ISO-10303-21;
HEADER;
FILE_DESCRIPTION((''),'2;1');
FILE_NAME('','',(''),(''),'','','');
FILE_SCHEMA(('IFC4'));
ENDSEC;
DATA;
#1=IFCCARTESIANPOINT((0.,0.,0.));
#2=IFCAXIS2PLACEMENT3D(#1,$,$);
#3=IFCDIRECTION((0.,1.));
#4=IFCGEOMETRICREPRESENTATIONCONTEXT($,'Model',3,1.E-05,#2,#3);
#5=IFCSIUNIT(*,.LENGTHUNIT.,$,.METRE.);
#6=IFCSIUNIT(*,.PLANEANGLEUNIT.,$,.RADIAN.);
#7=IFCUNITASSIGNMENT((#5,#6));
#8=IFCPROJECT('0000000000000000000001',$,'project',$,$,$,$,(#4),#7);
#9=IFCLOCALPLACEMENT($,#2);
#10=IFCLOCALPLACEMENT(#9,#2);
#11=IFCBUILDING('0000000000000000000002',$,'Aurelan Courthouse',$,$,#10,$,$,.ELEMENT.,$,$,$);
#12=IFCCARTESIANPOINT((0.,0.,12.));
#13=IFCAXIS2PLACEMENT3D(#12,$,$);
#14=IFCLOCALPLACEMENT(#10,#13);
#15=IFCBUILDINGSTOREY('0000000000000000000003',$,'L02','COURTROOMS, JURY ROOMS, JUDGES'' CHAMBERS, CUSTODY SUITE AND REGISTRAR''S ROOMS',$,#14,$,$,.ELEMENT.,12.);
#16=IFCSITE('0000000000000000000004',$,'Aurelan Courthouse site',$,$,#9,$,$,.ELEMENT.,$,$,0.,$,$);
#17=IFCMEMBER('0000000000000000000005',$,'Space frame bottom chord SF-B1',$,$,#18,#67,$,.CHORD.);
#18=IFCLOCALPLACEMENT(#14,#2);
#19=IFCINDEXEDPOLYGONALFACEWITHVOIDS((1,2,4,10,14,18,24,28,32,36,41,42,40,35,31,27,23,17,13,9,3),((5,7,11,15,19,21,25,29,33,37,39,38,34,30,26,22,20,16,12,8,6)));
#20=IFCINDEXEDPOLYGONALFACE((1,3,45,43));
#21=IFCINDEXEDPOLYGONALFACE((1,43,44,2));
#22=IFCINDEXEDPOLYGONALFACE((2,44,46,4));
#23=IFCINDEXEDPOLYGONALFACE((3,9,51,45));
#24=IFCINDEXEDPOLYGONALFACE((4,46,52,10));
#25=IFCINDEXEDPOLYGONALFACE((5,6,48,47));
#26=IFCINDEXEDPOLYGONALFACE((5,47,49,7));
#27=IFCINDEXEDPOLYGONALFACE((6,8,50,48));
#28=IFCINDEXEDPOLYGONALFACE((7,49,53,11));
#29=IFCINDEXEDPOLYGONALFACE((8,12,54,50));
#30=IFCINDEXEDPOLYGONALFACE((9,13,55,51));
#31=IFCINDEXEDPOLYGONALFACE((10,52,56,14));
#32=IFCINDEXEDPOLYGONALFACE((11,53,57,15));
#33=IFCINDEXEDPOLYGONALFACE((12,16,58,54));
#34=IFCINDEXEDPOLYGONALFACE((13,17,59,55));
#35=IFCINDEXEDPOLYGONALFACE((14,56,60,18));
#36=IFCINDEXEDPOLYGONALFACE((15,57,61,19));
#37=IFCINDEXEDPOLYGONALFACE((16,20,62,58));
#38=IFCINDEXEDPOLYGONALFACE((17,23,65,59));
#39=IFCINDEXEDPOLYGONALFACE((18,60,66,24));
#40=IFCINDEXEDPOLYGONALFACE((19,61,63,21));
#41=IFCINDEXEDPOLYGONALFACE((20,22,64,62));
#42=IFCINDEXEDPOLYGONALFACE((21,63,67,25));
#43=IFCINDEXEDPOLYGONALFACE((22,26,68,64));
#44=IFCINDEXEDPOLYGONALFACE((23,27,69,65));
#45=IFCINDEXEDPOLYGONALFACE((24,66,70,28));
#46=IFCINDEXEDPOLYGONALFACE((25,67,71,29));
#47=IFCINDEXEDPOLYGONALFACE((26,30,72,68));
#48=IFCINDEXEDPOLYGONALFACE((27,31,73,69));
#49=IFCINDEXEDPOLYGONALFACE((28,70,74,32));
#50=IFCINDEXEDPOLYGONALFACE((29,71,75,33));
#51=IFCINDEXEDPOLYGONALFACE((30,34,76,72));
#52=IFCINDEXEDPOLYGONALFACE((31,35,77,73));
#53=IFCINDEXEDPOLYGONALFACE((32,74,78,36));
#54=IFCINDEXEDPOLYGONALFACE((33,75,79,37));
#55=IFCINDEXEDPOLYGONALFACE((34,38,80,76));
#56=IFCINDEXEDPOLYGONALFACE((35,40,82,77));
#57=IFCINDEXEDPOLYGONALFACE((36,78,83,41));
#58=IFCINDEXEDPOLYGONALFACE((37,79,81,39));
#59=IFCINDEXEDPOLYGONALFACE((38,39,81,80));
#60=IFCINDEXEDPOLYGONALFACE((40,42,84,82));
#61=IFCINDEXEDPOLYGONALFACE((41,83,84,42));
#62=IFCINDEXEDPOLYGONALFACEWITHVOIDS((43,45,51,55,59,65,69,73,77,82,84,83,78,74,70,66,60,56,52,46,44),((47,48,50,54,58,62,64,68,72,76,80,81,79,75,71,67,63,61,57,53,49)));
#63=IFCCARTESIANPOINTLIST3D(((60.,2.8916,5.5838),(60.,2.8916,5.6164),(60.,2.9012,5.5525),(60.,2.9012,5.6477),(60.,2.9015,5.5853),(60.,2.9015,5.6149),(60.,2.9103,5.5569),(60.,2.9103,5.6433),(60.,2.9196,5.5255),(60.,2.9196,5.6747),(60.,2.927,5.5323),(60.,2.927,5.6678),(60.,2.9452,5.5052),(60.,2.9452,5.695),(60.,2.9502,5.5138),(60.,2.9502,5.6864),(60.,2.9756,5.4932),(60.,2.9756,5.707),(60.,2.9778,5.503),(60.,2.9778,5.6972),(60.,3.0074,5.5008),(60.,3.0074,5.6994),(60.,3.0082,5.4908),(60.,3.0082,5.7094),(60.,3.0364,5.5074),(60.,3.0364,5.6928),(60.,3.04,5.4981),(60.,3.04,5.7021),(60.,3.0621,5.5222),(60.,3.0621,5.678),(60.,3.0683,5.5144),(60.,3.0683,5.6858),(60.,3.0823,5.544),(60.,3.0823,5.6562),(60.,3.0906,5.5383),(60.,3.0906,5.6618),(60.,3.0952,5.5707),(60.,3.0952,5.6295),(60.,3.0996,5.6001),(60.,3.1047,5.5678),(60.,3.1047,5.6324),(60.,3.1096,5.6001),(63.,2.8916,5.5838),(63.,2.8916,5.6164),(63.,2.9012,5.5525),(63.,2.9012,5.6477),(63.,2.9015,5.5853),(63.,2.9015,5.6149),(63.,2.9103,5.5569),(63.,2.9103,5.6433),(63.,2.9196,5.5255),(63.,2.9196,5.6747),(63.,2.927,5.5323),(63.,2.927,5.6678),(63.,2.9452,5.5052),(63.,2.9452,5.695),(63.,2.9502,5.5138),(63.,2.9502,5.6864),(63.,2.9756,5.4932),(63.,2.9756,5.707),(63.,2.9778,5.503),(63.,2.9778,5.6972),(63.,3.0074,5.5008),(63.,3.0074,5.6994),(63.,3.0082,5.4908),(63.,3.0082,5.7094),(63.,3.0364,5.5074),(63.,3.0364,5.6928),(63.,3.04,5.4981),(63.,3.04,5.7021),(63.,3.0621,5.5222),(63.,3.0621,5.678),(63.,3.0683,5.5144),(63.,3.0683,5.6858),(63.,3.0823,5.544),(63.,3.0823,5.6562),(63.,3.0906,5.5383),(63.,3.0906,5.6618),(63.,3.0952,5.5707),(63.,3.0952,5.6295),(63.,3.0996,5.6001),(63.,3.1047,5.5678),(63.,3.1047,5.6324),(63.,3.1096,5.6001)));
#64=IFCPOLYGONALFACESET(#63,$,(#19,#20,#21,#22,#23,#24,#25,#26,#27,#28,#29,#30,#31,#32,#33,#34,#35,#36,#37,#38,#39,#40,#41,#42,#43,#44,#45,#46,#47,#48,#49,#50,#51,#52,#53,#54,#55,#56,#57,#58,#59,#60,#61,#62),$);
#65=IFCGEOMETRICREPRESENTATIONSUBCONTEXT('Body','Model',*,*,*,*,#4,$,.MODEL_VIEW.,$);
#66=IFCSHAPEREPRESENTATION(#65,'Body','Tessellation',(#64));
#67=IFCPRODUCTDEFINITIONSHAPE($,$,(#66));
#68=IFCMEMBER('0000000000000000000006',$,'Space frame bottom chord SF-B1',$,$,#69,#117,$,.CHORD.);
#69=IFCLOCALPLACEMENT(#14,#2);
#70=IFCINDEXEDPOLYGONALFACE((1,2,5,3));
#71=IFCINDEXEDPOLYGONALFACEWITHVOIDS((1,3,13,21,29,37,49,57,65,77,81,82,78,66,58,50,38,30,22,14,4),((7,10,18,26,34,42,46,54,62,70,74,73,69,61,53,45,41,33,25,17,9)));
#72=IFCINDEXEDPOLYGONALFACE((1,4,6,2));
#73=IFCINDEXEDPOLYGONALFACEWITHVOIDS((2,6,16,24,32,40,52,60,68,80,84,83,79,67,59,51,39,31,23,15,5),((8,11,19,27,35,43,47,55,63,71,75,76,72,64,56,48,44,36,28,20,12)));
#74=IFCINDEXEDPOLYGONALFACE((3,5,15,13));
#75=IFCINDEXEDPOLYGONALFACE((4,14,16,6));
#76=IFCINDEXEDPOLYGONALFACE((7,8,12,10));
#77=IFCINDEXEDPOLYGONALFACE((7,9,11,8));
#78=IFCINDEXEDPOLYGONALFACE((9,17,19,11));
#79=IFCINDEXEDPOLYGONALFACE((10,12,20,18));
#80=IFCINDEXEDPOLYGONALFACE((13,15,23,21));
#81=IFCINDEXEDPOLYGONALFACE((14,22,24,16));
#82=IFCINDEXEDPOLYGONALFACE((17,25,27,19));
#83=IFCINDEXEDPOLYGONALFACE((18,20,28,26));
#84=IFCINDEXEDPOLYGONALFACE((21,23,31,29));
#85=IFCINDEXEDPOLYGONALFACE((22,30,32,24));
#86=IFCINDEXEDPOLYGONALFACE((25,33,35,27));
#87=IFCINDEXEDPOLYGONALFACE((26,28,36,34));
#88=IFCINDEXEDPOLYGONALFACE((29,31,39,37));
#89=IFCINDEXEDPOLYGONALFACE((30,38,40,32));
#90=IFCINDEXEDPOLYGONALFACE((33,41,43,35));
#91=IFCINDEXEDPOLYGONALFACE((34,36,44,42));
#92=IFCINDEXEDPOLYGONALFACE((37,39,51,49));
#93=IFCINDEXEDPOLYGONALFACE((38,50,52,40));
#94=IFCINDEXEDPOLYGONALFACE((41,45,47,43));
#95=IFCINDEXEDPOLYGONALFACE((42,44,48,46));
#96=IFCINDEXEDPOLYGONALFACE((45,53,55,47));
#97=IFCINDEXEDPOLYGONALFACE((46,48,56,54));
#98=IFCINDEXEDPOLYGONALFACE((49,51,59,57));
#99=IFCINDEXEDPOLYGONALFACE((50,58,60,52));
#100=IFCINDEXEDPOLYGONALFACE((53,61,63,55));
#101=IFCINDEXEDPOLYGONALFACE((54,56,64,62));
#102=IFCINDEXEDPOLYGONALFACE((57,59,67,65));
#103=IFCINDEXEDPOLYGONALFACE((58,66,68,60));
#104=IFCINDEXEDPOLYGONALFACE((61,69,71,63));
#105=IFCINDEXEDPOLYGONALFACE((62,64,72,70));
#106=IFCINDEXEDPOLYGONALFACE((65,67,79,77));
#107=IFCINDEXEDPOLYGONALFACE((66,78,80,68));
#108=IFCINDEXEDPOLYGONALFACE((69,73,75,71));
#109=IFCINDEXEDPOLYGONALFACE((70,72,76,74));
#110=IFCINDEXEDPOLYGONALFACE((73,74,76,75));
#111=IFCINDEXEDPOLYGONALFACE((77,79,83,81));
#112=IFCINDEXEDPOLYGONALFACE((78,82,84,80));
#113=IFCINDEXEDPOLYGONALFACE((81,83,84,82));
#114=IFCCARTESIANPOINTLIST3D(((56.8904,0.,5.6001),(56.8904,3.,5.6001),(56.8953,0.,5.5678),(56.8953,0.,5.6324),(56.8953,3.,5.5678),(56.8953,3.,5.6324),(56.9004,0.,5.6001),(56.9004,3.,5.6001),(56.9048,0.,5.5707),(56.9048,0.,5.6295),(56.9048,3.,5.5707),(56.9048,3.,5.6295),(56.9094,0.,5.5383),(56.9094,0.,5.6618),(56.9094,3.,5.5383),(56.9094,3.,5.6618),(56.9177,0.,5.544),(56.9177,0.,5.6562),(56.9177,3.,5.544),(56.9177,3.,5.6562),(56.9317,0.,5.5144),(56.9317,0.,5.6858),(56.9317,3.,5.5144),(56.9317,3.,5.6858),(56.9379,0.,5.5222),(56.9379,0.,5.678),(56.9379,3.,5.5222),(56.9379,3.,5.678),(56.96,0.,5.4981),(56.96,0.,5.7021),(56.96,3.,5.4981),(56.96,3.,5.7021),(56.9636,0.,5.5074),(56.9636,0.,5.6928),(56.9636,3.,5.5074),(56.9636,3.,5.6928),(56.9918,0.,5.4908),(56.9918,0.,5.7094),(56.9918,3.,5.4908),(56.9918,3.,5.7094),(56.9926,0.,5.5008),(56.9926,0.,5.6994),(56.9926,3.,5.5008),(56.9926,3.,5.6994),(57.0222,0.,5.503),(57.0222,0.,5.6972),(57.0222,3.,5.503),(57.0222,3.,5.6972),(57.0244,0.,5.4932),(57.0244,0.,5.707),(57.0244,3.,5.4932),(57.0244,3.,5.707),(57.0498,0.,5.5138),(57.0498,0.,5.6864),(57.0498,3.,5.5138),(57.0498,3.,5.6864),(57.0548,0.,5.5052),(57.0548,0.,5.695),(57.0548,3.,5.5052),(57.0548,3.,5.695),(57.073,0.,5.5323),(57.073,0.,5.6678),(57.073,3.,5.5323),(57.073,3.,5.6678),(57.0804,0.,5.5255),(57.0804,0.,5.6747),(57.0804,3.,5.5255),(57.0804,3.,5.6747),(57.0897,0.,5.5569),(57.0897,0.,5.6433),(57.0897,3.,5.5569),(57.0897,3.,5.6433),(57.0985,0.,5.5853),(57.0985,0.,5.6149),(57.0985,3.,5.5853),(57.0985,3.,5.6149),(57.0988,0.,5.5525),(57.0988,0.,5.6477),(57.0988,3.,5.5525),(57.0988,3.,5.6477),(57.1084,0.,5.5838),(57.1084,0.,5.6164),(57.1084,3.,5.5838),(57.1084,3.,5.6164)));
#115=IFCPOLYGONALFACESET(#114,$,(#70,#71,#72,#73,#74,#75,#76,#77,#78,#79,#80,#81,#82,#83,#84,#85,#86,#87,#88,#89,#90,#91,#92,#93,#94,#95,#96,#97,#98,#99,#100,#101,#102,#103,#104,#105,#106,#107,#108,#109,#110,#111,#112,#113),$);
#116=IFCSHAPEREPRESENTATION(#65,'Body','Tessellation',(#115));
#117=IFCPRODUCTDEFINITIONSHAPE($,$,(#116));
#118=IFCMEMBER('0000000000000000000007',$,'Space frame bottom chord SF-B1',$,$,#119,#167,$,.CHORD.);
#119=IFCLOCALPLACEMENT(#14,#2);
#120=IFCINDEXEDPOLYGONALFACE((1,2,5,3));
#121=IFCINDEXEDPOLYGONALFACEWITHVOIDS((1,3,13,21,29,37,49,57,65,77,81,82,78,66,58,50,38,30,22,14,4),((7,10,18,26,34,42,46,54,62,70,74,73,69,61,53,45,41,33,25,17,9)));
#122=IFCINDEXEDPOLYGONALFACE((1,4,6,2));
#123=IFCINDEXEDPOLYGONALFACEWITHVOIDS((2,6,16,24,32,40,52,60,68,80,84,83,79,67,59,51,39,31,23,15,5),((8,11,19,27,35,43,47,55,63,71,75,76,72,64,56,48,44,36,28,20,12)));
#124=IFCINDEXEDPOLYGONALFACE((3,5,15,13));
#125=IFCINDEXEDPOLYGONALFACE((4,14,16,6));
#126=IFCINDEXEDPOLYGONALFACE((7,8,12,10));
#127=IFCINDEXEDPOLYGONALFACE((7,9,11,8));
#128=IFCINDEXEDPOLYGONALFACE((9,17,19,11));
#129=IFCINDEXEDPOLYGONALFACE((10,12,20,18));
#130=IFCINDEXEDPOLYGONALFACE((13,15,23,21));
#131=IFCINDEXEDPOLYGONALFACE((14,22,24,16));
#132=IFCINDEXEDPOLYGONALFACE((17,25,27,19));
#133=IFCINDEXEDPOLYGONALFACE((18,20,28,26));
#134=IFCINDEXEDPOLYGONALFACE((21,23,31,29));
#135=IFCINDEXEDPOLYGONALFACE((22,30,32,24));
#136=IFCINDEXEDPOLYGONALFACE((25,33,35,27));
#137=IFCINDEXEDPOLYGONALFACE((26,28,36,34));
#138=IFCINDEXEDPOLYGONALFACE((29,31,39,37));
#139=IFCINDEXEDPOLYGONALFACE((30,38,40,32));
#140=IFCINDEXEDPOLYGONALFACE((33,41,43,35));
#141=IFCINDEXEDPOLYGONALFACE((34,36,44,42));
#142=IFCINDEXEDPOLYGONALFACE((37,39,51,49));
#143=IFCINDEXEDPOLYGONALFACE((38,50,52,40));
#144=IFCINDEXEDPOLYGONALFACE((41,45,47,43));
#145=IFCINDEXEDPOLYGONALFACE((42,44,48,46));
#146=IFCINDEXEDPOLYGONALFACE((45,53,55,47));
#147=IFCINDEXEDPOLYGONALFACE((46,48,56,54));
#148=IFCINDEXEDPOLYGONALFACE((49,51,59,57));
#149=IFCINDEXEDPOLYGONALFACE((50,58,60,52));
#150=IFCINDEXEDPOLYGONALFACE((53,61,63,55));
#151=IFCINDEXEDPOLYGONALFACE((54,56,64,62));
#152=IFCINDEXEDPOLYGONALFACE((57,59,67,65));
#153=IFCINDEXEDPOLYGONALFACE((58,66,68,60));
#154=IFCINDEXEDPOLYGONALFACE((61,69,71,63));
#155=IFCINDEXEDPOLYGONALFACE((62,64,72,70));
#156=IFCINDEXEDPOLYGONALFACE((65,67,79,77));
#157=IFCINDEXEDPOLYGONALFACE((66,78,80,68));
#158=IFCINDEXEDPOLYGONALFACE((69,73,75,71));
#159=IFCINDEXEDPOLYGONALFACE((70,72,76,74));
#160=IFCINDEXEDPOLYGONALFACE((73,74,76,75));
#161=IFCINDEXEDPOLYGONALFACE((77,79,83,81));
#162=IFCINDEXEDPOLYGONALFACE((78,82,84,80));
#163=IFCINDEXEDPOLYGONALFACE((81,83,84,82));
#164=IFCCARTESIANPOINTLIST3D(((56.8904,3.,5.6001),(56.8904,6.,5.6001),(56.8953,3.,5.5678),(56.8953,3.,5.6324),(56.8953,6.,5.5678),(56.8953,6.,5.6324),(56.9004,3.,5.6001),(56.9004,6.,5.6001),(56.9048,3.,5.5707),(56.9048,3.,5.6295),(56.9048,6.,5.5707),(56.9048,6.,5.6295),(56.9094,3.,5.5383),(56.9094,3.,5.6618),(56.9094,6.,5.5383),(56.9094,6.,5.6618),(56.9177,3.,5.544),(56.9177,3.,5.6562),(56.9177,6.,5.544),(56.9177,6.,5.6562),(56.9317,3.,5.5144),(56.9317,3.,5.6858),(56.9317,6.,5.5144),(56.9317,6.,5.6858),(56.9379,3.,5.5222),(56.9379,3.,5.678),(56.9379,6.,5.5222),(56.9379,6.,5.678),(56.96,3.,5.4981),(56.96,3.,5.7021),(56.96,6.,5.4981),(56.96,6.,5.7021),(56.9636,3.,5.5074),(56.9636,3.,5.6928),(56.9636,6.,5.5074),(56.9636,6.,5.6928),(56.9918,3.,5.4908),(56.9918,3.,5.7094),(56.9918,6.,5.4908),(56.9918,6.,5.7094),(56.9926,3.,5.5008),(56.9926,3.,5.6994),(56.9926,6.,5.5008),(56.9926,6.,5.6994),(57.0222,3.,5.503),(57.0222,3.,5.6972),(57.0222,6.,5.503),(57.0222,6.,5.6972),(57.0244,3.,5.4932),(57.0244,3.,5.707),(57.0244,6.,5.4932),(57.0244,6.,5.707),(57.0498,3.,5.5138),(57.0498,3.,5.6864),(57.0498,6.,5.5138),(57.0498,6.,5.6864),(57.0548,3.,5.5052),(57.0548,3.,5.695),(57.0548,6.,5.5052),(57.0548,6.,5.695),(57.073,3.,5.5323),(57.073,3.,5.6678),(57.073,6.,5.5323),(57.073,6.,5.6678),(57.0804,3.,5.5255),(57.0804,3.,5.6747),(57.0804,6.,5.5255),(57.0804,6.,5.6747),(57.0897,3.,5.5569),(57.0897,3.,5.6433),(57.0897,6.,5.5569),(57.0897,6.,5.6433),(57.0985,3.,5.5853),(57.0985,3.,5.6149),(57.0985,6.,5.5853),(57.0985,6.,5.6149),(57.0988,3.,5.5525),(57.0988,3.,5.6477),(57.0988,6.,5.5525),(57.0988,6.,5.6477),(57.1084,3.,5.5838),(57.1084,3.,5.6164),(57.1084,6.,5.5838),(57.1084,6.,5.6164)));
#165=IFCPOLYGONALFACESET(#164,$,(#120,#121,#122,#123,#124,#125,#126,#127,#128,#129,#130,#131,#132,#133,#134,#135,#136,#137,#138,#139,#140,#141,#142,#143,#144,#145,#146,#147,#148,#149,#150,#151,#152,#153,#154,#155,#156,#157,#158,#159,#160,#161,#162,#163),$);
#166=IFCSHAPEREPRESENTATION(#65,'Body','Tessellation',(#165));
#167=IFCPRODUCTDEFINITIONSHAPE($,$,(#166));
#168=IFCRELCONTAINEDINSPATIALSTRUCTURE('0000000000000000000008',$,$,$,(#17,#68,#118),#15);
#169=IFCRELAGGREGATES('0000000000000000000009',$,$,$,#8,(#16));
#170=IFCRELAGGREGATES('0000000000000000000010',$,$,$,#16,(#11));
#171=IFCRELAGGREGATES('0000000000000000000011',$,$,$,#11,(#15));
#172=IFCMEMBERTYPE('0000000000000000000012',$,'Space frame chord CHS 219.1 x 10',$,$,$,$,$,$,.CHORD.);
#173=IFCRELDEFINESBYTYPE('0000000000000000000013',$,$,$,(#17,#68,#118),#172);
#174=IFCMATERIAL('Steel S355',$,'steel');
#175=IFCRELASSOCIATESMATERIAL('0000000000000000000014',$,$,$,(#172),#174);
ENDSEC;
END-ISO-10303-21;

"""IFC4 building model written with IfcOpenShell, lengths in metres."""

from ifc_helpers import new_model, si_unit, direction, frame, origin, origin_2d, place, context, subcontext, project, spatial, hollow_circle, extrude, material, material_profile, profile_set, type_object, element, save


model = new_model("IFC4")

# Units and contexts
model_context = context("Model", 3, precision=1e-05, world=origin(), true_north=direction((0.0, 1.0)))
body_context = subcontext(model_context, "Body", "Model", "MODEL_VIEW")
ifc_project = project(units=[si_unit("LENGTHUNIT", "METRE"), si_unit("PLANEANGLEUNIT", "RADIAN")], contexts=[model_context])

# Site, building, storey
site_placement = place(None, origin())
site = spatial("IfcSite", under=ifc_project, at=site_placement, Name="Aurelan Courthouse site", CompositionType="ELEMENT", RefElevation=0.0)
building_placement = place(site_placement, origin())
building = spatial("IfcBuilding", under=site, at=building_placement, Name="Aurelan Courthouse", CompositionType="ELEMENT")
storey_placement = place(building_placement, frame((0.0, 0.0, 12.0)))
storey = spatial("IfcBuildingStorey", under=building, at=storey_placement, Name="L02", Description="COURTROOMS, JURY ROOMS, JUDGES' CHAMBERS, CUSTODY SUITE AND REGISTRAR'S ROOMS", CompositionType="ELEMENT", Elevation=12.0)

# Members
ifc_material_1 = material(Name="Steel S355", Category="steel")
ifc_material_profile_1 = material_profile(ifc_material_1, hollow_circle(Radius=0.1096, WallThickness=0.01, at=origin_2d()), Name="CHS 219.1 x 10")
ifc_profile_set_1 = profile_set([ifc_material_profile_1], Name="Steel S355")
member_type_1 = type_object("IfcMemberType", Name="Space frame chord CHS 219.1 x 10", PredefinedType="CHORD", material=ifc_profile_set_1)
for number, where, z_axis, x_axis, name in (
    (1, (60.0, 3.0, 5.6001), (1.0, 0.0, 0.0), (0.0, 1.0, 0.0), "Space frame bottom chord SF-B1"),
    (2, (57.0, 0.0, 5.6001), (0.0, 1.0, 0.0), (-1.0, 0.0, 0.0), "Space frame bottom chord SF-B1"),
    (3, (57.0, 3.0, 5.6001), (0.0, 1.0, 0.0), (-1.0, 0.0, 0.0), "Space frame bottom chord SF-B1"),
):
    element("IfcMember", number, at=place(storey_placement, frame(where, z_axis=z_axis, x_axis=x_axis)), inside=storey, type_object=member_type_1, Name=name, PredefinedType="CHORD", context=body_context, shape_type="SweptSolid", body=[
        extrude(hollow_circle(Radius=0.1096, WallThickness=0.01, at=origin_2d()), origin(), (0.0, 0.0, 1.0), 3.0),
    ])

save(model, "model.ifc")
